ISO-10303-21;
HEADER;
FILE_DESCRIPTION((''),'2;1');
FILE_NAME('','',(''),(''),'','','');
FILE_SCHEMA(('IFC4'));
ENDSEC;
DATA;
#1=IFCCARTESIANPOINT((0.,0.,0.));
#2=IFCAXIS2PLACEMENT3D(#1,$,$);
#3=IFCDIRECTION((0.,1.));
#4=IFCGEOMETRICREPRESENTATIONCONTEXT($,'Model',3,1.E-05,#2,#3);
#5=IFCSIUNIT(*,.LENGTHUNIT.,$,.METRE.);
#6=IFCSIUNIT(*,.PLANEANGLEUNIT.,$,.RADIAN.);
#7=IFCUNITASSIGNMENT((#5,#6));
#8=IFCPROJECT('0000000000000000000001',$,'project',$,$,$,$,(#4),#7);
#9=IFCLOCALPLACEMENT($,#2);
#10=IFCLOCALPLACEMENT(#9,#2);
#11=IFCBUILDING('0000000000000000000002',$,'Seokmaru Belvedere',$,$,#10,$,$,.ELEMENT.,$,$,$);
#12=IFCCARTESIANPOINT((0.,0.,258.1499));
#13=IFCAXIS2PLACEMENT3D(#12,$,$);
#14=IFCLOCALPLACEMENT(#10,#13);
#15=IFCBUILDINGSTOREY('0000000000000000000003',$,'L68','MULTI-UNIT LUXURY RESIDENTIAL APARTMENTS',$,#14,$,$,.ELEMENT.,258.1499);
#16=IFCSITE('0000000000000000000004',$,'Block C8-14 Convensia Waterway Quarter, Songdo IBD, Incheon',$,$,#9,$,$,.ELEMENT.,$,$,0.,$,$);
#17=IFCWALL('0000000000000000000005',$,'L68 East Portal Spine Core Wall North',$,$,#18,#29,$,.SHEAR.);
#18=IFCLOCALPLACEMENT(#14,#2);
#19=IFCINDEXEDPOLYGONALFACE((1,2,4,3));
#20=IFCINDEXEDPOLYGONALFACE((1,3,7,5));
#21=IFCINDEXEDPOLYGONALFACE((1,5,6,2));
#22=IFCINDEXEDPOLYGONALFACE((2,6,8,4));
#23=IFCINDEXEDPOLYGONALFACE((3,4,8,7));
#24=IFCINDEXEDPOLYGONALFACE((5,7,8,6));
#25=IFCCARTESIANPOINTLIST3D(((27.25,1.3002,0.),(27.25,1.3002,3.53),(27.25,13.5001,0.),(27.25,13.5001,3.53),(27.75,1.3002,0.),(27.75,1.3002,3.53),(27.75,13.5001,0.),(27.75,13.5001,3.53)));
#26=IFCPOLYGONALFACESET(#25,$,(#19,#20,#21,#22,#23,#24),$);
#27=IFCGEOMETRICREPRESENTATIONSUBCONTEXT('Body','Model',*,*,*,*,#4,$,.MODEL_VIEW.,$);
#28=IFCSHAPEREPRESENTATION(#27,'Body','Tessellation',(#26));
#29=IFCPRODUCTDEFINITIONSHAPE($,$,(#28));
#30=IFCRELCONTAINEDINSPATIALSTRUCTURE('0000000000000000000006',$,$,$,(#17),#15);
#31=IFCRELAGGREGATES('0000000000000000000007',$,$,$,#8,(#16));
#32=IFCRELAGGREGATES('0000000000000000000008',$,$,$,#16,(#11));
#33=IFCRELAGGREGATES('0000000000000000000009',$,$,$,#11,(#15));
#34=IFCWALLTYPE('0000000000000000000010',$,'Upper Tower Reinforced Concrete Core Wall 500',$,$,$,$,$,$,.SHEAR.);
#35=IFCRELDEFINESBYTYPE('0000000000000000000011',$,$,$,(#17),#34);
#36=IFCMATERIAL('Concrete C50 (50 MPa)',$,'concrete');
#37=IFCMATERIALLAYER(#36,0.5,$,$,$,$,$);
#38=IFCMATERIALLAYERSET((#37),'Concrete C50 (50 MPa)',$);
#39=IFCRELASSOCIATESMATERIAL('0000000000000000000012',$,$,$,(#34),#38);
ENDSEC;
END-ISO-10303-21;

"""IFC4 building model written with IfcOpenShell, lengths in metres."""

from ifc_helpers import new_model, si_unit, direction, frame, frame_2d, origin, place, context, subcontext, project, spatial, rectangle, extrude, material, layer, layer_set, type_object, element, save


model = new_model("IFC4")

# Units and contexts
model_context = context("Model", 3, precision=1e-05, world=origin(), true_north=direction((0.0, 1.0)))
body_context = subcontext(model_context, "Body", "Model", "MODEL_VIEW")
ifc_project = project(units=[si_unit("LENGTHUNIT", "METRE"), si_unit("PLANEANGLEUNIT", "RADIAN")], contexts=[model_context])

# Site, building, storey
site_placement = place(None, origin())
site = spatial("IfcSite", under=ifc_project, at=site_placement, Name="Block C8-14 Convensia Waterway Quarter, Songdo IBD, Incheon", CompositionType="ELEMENT", RefElevation=0.0)
building_placement = place(site_placement, origin())
building = spatial("IfcBuilding", under=site, at=building_placement, Name="Seokmaru Belvedere", CompositionType="ELEMENT")
storey_placement = place(building_placement, frame((0.0, 0.0, 258.1499)))
storey = spatial("IfcBuildingStorey", under=building, at=storey_placement, Name="L68", Description="MULTI-UNIT LUXURY RESIDENTIAL APARTMENTS", CompositionType="ELEMENT", Elevation=258.1499)

# Shared definitions
ifc_material_1 = material(Name="Concrete C50 (50 MPa)", Category="concrete")

# Wall
ifc_layer_1 = layer(ifc_material_1, 0.5)
ifc_layer_set_1 = layer_set([ifc_layer_1], Name="Concrete C50 (50 MPa)")
wall_type_1 = type_object("IfcWallType", Name="Upper Tower Reinforced Concrete Core Wall 500", PredefinedType="SHEAR", material=ifc_layer_set_1)
wall_1_placement = place(storey_placement, frame((27.5, 1.3, 0.0), z_axis=(0.0, 0.0, 1.0), x_axis=(0.0, 1.0, 0.0)))
element("IfcWall", 1, at=wall_1_placement, inside=storey, type_object=wall_type_1, Name="L68 East Portal Spine Core Wall North", PredefinedType="SHEAR", context=body_context, shape_type="SweptSolid", body=[
    extrude(rectangle(XDim=12.2, YDim=0.5, at=frame_2d((6.1001, 0.0))), origin(), (0.0, 0.0, 1.0), 3.53),
])

save(model, "model.ifc")
